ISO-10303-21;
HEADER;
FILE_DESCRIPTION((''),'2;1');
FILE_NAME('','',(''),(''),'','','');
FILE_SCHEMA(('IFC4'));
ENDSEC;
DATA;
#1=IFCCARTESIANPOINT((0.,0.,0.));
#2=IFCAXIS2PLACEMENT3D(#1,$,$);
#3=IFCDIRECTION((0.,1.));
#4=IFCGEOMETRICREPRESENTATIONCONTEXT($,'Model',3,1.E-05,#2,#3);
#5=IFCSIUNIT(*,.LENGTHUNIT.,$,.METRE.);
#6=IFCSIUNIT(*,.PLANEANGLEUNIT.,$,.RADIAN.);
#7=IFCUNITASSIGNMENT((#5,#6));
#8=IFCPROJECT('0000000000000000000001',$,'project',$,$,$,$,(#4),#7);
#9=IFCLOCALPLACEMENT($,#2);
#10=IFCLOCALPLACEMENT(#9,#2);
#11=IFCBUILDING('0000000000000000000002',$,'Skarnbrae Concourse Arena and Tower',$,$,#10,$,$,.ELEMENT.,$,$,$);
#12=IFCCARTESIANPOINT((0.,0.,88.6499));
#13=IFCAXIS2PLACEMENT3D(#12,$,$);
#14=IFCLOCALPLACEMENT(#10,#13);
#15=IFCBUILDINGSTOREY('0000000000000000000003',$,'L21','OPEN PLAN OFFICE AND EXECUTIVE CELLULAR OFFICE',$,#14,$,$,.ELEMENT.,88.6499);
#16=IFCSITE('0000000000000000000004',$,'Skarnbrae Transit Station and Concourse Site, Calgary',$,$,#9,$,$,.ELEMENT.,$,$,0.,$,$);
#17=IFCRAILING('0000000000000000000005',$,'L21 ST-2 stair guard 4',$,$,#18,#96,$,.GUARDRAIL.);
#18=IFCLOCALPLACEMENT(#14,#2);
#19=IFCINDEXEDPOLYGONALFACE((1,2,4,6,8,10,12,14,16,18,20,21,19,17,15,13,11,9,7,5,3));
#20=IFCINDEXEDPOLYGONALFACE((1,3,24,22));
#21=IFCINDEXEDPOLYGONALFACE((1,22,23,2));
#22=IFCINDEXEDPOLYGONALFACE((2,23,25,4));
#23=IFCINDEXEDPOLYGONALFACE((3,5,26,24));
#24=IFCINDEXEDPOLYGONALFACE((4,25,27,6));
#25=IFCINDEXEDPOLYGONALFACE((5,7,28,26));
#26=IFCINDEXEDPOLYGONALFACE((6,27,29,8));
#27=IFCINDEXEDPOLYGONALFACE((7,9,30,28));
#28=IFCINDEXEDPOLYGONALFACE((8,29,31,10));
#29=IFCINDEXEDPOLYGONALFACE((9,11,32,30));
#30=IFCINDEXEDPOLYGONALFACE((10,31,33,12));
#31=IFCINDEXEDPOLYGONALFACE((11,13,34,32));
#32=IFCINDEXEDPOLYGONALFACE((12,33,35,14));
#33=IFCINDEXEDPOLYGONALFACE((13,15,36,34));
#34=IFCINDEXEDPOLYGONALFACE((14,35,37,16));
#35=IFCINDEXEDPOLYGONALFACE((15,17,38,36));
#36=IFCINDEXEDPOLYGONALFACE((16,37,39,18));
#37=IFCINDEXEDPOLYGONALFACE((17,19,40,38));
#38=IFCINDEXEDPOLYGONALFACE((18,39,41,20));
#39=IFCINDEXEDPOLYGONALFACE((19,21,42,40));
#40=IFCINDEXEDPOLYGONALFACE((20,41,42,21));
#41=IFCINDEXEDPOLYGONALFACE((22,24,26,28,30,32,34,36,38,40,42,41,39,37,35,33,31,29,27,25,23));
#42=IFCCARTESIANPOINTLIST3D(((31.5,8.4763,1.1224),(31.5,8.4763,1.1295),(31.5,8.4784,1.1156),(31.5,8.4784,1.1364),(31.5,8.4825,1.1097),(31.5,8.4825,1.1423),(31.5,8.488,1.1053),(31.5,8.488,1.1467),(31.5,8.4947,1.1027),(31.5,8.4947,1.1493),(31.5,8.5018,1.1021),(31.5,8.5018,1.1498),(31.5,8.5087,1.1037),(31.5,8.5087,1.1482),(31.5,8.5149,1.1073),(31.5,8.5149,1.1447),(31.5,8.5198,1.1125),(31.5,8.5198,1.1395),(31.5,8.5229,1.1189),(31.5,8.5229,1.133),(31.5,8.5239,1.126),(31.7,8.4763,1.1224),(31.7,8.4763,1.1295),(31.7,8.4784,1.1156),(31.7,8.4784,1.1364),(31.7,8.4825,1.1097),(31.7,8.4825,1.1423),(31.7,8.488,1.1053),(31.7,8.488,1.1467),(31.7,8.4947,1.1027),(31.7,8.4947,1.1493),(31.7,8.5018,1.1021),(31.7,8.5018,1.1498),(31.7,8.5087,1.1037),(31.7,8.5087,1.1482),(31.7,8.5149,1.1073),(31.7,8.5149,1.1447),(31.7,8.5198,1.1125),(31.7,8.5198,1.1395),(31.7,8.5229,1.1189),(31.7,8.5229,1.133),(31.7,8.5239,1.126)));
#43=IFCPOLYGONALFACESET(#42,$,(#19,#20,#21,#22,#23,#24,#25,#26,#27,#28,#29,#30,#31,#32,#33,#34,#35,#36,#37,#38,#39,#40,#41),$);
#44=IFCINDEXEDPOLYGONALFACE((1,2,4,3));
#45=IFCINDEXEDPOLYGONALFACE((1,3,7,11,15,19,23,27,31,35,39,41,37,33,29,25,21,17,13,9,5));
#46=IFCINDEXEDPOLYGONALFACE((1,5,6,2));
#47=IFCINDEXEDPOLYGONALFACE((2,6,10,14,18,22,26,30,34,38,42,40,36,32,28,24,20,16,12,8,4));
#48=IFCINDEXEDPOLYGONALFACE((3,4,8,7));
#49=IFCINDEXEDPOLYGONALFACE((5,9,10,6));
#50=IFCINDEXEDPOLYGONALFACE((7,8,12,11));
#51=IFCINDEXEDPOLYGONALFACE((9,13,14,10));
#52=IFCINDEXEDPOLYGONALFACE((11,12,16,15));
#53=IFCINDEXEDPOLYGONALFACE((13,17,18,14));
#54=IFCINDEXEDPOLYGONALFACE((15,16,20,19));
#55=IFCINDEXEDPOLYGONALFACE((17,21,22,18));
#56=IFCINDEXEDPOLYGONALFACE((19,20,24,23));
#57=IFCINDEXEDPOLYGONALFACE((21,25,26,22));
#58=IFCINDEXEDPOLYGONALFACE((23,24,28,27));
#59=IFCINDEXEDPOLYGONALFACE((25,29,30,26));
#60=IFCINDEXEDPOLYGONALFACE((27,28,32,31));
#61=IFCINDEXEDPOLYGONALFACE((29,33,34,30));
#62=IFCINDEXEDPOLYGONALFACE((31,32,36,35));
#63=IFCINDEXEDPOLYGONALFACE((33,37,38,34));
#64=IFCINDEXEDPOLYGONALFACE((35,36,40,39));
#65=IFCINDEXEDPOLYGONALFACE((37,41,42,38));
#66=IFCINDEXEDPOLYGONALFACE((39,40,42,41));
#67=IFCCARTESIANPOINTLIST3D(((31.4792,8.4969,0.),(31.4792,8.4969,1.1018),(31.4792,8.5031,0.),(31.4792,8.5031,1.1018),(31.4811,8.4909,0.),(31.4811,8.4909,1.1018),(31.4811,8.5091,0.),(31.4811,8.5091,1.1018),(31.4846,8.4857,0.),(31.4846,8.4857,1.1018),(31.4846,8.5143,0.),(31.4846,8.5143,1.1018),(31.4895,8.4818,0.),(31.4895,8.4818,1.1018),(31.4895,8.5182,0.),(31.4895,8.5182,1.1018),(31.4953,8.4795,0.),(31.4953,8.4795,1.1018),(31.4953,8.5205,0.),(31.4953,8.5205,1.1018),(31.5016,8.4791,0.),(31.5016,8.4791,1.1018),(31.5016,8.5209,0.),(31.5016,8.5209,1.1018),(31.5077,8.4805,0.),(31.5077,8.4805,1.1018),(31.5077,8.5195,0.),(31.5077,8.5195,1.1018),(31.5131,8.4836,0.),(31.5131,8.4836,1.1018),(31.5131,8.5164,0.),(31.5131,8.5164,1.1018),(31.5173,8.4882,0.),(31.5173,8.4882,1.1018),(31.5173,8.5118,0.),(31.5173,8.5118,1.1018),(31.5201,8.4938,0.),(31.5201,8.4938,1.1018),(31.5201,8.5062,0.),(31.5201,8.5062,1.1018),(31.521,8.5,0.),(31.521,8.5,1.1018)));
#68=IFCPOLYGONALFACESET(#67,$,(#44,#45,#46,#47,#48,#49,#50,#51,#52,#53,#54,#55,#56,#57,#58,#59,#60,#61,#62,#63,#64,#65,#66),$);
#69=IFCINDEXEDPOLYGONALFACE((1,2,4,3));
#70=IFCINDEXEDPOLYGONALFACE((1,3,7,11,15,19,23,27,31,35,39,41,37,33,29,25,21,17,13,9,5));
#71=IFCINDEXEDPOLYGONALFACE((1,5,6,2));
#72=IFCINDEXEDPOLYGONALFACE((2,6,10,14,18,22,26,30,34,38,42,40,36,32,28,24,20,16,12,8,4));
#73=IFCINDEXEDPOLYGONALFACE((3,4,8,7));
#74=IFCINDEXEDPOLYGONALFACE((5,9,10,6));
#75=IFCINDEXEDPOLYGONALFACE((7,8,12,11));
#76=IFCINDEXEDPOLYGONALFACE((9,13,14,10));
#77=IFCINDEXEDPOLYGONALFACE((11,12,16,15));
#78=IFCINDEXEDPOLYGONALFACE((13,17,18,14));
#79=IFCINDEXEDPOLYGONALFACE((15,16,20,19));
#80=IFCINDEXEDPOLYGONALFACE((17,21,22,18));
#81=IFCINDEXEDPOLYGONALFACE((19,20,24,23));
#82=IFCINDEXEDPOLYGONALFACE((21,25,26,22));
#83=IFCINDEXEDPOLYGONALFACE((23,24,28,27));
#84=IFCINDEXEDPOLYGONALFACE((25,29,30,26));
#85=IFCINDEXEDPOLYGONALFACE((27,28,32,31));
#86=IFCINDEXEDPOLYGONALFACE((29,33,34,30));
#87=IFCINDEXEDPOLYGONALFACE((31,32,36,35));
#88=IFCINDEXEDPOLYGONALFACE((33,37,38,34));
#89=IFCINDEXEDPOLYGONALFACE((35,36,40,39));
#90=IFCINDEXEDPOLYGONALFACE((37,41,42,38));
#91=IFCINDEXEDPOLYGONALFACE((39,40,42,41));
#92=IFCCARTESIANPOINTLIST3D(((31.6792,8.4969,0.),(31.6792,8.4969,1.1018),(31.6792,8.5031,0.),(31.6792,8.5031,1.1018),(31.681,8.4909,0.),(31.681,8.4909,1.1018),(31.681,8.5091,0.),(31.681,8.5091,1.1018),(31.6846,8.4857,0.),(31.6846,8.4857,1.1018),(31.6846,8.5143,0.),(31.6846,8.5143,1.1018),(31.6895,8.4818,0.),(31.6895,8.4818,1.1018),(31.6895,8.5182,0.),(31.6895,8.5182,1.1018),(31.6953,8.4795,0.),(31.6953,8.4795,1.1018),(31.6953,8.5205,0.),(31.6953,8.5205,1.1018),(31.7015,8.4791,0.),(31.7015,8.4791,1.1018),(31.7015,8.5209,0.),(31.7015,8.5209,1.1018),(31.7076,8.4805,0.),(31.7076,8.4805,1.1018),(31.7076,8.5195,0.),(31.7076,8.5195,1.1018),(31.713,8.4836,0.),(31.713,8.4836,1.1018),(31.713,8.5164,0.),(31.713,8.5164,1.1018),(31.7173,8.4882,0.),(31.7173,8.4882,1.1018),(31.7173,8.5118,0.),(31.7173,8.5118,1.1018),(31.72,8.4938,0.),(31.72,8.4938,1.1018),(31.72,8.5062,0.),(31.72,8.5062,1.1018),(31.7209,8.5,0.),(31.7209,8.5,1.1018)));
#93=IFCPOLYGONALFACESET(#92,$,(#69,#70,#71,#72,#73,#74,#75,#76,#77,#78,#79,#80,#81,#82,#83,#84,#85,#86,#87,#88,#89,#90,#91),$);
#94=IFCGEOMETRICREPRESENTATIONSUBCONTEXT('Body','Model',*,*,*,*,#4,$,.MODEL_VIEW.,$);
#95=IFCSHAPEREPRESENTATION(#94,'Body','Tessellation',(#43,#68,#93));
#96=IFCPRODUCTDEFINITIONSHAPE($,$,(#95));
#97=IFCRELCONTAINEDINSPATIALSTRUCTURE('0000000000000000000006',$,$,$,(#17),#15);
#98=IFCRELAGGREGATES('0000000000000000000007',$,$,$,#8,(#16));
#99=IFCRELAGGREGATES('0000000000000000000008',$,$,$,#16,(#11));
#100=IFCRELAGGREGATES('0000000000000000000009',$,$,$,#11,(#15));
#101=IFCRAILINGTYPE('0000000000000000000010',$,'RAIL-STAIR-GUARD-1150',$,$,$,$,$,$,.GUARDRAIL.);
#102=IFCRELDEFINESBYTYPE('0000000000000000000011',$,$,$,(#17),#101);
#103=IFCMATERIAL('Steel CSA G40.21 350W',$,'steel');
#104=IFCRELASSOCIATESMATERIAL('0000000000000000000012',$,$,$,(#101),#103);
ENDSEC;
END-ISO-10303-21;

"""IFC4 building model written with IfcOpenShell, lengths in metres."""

from ifc_helpers import new_model, si_unit, direction, frame, origin, origin_2d, place, context, subcontext, project, spatial, circle, extrude, material, type_object, element, save


model = new_model("IFC4")

# Units and contexts
model_context = context("Model", 3, precision=1e-05, world=origin(), true_north=direction((0.0, 1.0)))
body_context = subcontext(model_context, "Body", "Model", "MODEL_VIEW")
ifc_project = project(units=[si_unit("LENGTHUNIT", "METRE"), si_unit("PLANEANGLEUNIT", "RADIAN")], contexts=[model_context])

# Site, building, storey
site_placement = place(None, origin())
site = spatial("IfcSite", under=ifc_project, at=site_placement, Name="Skarnbrae Transit Station and Concourse Site, Calgary", CompositionType="ELEMENT", RefElevation=0.0)
building_placement = place(site_placement, origin())
building = spatial("IfcBuilding", under=site, at=building_placement, Name="Skarnbrae Concourse Arena and Tower", CompositionType="ELEMENT")
storey_placement = place(building_placement, frame((0.0, 0.0, 88.6499)))
storey = spatial("IfcBuildingStorey", under=building, at=storey_placement, Name="L21", Description="OPEN PLAN OFFICE AND EXECUTIVE CELLULAR OFFICE", CompositionType="ELEMENT", Elevation=88.6499)

# Shared definitions
ifc_material_1 = material(Name="Steel CSA G40.21 350W", Category="steel")

# Railing
railing_type_1 = type_object("IfcRailingType", Name="RAIL-STAIR-GUARD-1150", PredefinedType="GUARDRAIL", material=ifc_material_1)
railing_1_placement = place(storey_placement, frame((31.5, 8.5, 0.0)))
element("IfcRailing", 1, at=railing_1_placement, inside=storey, type_object=railing_type_1, Name="L21 ST-2 stair guard 4", PredefinedType="GUARDRAIL", context=body_context, shape_type="SweptSolid", body=[
    extrude(circle(Radius=0.0239, at=origin_2d()), frame((0.0, 0.0, 1.126), z_axis=(1.0, 0.0, 0.0), x_axis=(0.0, 1.0, 0.0)), (0.0, 0.0, 1.0), 0.2),
    extrude(circle(Radius=0.021, at=origin_2d()), origin(), (0.0, 0.0, 1.0), 1.1018),
    extrude(circle(Radius=0.021, at=origin_2d()), frame((0.2, 0.0, 0.0)), (0.0, 0.0, 1.0), 1.1018),
])

save(model, "model.ifc")
